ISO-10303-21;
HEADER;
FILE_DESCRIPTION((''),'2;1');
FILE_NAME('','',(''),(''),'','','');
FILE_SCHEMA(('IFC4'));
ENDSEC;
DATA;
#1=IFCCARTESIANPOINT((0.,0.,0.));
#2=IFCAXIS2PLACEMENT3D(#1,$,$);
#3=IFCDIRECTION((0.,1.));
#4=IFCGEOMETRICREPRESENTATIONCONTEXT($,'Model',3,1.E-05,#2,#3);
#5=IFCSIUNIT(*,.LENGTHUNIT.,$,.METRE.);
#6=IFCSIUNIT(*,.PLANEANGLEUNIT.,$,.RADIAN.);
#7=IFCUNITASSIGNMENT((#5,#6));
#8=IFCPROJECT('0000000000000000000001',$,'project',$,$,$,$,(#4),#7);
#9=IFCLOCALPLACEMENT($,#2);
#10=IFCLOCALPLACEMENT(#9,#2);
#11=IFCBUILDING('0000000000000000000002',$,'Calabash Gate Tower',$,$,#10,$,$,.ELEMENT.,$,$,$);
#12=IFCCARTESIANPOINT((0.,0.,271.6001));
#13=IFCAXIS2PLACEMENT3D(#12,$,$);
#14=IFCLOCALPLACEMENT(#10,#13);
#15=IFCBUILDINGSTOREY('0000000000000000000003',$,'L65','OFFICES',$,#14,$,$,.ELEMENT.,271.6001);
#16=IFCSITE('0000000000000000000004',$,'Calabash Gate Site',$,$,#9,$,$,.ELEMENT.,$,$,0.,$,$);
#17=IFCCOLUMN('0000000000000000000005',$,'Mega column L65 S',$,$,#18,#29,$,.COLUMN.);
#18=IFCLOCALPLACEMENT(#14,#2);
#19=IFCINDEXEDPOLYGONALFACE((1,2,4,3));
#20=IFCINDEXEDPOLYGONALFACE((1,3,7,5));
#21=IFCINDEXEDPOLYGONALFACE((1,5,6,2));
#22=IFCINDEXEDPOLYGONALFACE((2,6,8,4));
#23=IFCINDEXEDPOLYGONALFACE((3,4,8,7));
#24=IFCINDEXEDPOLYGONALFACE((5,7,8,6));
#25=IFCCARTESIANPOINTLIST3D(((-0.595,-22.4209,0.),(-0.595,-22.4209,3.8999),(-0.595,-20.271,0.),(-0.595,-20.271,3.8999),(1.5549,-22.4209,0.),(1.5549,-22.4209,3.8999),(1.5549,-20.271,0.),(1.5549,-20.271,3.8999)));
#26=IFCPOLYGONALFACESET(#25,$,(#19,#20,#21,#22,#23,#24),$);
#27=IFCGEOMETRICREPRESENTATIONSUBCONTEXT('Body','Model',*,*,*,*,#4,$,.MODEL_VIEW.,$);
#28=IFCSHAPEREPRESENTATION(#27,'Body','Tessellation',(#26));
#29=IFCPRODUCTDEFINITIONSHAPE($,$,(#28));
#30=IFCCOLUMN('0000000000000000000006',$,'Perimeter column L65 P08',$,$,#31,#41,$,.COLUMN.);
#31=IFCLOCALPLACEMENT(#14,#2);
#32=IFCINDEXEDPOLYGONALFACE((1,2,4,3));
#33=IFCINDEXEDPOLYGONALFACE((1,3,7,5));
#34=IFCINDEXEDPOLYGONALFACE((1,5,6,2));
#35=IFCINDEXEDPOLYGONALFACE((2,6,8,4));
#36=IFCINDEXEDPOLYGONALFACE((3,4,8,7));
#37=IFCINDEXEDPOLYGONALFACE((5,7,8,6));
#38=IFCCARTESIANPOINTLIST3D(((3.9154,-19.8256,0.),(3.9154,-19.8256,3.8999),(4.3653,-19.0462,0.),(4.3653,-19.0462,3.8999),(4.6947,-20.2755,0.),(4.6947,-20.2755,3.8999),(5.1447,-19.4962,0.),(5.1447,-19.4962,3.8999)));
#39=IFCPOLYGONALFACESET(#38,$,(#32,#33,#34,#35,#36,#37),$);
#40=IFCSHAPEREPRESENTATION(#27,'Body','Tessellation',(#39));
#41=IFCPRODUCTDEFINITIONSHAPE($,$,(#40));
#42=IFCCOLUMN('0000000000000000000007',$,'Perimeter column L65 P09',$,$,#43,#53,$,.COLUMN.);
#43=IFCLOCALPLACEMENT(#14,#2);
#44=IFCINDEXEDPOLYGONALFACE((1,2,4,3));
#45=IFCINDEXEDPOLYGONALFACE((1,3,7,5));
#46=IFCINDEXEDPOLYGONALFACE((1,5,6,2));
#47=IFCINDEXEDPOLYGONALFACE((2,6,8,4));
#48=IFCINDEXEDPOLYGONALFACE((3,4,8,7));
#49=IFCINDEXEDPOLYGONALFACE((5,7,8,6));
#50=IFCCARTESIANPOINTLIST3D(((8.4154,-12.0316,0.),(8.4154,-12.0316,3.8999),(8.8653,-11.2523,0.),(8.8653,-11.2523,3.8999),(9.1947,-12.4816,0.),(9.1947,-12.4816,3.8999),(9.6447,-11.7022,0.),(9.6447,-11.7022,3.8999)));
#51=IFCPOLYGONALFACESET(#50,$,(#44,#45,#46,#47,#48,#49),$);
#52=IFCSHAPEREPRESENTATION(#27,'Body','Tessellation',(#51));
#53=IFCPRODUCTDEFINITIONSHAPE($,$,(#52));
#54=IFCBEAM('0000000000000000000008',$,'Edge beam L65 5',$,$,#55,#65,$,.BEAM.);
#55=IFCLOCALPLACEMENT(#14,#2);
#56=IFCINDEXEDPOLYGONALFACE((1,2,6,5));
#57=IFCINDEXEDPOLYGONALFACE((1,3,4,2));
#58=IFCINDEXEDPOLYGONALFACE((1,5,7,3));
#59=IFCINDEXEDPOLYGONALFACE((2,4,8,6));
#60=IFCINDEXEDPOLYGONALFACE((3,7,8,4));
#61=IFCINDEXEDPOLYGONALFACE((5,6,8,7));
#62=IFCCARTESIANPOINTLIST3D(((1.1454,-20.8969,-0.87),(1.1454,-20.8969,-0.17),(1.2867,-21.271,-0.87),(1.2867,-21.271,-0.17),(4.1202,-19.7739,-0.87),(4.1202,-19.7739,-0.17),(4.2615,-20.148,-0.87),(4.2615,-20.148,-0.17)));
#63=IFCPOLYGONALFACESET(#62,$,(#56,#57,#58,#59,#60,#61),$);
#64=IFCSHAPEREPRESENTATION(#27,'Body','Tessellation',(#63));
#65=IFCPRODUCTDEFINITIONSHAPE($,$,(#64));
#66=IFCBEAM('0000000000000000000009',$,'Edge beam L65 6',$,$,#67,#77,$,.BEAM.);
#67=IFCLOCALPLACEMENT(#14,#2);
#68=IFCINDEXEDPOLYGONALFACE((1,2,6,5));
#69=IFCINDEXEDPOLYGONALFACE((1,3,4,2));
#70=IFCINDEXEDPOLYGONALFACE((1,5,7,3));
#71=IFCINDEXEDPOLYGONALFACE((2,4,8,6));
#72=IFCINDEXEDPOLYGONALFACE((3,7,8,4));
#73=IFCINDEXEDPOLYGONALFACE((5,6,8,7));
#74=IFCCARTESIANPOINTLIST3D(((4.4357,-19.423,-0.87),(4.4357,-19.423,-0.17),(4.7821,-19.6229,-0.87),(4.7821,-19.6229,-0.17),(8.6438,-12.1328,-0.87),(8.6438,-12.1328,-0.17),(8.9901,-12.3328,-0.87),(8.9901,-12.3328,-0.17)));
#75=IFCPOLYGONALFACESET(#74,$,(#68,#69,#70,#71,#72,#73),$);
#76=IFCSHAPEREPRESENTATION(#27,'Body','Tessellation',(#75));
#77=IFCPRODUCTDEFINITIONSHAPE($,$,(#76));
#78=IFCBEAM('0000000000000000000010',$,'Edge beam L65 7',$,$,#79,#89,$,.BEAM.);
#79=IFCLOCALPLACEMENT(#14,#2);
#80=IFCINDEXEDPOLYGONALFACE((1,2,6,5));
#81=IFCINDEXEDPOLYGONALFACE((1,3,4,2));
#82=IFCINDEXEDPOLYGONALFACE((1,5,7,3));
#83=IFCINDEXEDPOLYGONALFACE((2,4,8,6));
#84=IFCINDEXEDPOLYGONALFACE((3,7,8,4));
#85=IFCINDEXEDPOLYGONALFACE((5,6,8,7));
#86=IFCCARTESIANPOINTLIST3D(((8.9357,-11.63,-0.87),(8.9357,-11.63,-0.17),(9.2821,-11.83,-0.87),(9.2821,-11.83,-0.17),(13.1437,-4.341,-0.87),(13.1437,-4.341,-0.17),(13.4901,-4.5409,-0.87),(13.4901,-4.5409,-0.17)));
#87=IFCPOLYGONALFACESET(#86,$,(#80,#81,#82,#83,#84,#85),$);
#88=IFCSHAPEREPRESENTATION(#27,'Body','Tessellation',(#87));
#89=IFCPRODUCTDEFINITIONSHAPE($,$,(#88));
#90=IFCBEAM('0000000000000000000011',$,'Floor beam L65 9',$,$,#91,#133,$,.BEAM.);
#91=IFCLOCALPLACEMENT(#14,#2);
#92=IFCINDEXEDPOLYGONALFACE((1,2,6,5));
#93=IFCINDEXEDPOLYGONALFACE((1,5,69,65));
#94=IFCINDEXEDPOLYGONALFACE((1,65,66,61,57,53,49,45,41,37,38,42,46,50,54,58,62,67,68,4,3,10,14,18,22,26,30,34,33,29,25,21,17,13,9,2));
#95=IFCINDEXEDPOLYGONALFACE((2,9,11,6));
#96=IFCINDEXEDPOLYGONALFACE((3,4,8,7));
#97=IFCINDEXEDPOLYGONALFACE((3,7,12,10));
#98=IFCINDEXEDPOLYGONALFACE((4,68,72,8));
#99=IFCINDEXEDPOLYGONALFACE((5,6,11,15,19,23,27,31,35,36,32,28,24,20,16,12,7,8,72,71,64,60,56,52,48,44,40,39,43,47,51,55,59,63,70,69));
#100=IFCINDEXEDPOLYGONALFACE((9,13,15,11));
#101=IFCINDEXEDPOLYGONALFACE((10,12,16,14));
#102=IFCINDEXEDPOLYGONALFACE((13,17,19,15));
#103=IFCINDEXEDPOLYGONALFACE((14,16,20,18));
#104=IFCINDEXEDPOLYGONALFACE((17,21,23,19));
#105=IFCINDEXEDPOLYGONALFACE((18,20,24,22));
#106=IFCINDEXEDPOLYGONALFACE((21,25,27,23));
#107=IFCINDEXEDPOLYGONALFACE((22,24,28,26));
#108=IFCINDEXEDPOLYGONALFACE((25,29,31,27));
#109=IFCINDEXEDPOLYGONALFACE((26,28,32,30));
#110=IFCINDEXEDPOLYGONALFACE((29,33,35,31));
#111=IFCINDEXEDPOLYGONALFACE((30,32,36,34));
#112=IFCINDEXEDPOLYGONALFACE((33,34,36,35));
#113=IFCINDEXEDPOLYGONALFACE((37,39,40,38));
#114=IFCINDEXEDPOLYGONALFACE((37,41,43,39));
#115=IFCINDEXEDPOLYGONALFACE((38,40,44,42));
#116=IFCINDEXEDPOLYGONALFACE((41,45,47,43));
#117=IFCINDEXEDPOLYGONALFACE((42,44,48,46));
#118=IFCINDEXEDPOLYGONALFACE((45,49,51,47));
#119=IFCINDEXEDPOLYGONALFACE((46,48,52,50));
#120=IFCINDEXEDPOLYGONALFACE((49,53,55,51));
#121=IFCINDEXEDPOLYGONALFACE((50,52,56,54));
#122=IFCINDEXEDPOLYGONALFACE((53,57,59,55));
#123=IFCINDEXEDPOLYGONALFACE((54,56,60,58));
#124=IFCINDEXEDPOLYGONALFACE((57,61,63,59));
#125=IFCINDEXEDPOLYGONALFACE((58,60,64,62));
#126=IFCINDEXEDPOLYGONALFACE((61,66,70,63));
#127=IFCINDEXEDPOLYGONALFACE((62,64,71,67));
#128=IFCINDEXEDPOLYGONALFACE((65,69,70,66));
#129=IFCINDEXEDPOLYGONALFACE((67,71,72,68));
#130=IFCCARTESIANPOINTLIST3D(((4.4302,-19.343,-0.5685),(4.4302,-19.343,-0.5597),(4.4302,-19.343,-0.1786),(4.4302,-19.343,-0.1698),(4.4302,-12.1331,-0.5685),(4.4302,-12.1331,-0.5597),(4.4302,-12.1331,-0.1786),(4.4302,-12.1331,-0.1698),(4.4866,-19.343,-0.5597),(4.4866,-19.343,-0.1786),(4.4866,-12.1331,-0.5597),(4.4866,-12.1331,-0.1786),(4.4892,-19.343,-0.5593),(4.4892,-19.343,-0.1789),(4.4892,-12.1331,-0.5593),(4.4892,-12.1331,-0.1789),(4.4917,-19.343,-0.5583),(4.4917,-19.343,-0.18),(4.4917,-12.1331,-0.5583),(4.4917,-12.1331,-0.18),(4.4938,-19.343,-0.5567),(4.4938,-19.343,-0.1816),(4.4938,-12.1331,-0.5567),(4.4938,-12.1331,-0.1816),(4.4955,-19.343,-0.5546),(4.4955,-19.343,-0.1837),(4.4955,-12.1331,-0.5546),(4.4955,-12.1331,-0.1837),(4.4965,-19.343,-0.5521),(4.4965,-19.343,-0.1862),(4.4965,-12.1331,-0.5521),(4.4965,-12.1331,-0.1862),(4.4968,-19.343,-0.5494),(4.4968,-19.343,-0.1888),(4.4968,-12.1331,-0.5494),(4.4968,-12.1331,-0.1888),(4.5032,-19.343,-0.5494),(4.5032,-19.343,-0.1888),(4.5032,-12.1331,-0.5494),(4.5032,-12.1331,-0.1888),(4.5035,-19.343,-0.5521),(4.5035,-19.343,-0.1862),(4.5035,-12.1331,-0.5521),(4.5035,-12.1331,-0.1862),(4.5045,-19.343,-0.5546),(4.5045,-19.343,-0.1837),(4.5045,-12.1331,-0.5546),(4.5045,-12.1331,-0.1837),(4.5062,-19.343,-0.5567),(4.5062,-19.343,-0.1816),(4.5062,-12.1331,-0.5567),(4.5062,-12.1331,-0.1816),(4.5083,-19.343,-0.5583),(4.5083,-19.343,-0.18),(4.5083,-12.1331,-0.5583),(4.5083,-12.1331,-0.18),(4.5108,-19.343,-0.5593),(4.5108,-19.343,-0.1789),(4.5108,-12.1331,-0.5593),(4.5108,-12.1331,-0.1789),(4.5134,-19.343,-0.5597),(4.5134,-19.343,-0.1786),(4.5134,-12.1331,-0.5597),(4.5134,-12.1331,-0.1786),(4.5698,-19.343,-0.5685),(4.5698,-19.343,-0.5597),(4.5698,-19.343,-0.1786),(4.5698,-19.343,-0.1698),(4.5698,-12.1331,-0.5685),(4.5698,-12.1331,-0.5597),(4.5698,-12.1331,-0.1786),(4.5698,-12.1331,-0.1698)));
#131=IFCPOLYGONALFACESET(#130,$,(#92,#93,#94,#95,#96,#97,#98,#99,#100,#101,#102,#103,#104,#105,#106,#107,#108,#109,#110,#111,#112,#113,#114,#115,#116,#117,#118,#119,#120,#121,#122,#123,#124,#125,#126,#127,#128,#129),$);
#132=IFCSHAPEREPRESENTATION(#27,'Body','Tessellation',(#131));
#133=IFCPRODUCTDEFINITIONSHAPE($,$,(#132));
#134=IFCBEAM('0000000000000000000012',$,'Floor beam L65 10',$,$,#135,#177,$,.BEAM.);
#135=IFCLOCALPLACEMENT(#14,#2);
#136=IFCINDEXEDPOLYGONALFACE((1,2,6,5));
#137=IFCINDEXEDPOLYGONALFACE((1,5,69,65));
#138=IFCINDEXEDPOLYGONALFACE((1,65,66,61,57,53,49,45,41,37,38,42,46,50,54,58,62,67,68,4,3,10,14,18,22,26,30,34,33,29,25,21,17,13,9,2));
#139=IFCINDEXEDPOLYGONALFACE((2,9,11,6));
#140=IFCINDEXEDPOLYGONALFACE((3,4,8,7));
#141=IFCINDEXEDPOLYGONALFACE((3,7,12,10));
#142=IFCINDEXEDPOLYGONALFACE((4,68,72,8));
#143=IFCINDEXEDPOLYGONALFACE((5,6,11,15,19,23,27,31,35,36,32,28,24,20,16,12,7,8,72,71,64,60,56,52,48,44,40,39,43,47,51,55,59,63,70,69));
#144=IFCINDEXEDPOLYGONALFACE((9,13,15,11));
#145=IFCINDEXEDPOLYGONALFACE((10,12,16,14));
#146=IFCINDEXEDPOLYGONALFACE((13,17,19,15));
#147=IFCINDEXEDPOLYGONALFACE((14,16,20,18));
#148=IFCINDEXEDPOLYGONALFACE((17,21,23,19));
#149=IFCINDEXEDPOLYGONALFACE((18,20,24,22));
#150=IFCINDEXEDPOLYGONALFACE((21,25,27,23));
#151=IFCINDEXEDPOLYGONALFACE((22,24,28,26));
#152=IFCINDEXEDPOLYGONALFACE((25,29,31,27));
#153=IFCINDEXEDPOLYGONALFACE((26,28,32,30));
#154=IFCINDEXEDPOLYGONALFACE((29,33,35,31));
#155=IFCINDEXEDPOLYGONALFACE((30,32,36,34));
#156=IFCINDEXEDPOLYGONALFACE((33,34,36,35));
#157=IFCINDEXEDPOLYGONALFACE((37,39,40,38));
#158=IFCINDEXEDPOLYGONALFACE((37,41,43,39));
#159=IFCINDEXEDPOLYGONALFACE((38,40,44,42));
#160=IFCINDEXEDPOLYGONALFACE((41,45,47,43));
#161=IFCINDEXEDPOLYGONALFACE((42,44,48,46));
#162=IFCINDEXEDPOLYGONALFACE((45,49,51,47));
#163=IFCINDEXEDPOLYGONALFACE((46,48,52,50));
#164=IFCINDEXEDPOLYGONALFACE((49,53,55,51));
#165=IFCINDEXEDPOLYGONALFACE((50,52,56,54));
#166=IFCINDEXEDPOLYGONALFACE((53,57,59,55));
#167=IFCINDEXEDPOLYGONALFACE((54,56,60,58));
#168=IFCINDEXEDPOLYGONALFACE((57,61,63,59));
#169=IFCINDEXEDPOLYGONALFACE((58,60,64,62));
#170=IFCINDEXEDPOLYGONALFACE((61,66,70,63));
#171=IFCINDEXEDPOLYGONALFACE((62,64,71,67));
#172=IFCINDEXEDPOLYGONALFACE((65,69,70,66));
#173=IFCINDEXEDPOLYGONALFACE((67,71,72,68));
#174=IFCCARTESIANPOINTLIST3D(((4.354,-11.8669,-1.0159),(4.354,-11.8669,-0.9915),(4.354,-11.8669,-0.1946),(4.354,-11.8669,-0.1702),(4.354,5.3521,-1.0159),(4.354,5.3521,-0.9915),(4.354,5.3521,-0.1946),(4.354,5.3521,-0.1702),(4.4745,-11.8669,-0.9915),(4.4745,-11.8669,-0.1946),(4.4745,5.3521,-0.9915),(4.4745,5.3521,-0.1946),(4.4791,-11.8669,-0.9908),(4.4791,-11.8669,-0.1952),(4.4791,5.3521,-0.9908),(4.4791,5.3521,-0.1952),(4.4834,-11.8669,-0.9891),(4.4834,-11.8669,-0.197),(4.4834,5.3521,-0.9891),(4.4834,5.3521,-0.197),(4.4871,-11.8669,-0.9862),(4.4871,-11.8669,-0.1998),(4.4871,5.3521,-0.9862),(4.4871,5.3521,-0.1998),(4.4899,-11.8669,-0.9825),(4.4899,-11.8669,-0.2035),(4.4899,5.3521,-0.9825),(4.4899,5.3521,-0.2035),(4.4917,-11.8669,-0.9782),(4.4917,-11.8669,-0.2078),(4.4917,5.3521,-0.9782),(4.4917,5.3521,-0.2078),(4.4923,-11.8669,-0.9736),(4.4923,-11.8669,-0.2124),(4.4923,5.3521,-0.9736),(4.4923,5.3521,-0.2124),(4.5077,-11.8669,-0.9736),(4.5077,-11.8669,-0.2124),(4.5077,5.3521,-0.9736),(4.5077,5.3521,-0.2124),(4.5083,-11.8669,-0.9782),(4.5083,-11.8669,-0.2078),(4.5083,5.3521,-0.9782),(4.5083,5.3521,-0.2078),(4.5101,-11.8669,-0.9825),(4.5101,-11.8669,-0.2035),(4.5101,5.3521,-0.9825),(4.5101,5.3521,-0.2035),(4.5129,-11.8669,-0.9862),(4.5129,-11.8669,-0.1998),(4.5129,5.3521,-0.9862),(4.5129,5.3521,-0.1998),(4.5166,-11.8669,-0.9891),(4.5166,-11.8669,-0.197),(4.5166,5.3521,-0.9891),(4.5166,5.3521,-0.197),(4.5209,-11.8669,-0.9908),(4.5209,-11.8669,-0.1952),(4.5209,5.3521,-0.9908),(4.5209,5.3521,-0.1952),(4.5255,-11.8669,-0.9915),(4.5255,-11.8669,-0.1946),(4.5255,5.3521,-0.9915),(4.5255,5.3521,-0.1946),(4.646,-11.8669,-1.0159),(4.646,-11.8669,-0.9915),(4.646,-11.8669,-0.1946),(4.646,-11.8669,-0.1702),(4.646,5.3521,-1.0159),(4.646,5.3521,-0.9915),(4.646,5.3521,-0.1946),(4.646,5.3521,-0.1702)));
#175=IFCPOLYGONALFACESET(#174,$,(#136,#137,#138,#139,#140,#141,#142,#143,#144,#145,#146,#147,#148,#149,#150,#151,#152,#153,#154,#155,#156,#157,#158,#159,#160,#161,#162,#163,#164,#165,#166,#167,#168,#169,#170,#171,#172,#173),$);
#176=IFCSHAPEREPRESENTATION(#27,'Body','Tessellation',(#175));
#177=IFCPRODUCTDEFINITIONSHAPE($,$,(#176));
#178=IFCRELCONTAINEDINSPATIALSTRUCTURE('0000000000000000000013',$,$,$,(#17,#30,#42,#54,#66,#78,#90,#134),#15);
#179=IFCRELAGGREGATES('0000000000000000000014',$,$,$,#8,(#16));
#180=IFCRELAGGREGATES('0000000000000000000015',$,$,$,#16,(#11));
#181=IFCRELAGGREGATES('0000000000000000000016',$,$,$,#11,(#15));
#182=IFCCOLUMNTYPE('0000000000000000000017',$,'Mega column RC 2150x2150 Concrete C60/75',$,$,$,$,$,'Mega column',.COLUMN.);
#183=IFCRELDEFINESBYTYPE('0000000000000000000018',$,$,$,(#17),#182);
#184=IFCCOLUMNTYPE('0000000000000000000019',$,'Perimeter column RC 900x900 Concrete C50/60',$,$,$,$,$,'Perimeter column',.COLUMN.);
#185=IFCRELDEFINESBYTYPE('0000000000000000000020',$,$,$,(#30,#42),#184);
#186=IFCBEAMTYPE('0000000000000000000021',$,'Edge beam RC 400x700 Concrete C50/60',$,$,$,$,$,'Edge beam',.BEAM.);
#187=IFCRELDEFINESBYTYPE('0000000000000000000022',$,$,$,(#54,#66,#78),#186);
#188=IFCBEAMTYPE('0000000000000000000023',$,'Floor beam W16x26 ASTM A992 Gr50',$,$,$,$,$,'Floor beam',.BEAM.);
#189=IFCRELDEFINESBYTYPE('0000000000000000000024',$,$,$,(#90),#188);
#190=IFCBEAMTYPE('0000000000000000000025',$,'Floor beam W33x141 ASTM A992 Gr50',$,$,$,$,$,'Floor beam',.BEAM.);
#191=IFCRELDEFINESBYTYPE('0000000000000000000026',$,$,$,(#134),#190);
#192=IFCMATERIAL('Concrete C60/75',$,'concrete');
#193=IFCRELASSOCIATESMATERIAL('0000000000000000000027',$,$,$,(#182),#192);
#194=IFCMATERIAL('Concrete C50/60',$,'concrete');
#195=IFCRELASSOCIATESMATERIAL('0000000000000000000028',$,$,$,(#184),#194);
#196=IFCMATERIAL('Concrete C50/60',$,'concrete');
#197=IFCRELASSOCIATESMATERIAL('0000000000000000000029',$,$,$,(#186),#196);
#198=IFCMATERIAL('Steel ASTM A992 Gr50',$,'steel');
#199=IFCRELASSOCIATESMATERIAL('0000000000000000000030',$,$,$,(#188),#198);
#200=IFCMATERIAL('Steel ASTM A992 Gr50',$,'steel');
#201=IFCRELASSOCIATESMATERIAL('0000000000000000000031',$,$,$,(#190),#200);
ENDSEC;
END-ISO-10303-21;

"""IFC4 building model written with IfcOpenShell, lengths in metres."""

from ifc_helpers import new_model, si_unit, direction, frame, origin, origin_2d, place, context, subcontext, project, spatial, rectangle, i_section, extrude, material, material_profile, profile_set, type_object, element, save


model = new_model("IFC4")

# Units and contexts
model_context = context("Model", 3, precision=1e-05, world=origin(), true_north=direction((0.0, 1.0)))
body_context = subcontext(model_context, "Body", "Model", "MODEL_VIEW")
ifc_project = project(units=[si_unit("LENGTHUNIT", "METRE"), si_unit("PLANEANGLEUNIT", "RADIAN")], contexts=[model_context])

# Site, building, storey
site_placement = place(None, origin())
site = spatial("IfcSite", under=ifc_project, at=site_placement, Name="Calabash Gate Site", CompositionType="ELEMENT", RefElevation=0.0)
building_placement = place(site_placement, origin())
building = spatial("IfcBuilding", under=site, at=building_placement, Name="Calabash Gate Tower", CompositionType="ELEMENT")
storey_placement = place(building_placement, frame((0.0, 0.0, 271.6001)))
storey = spatial("IfcBuildingStorey", under=building, at=storey_placement, Name="L65", Description="OFFICES", CompositionType="ELEMENT", Elevation=271.6001)

# Columns
ifc_material_1 = material(Name="Concrete C60/75", Category="concrete")
ifc_material_profile_1 = material_profile(ifc_material_1, rectangle(XDim=2.1499, YDim=2.1499, at=origin_2d()))
ifc_profile_set_1 = profile_set([ifc_material_profile_1], Name="Concrete C60/75")
column_type_1 = type_object("IfcColumnType", Name="Mega column RC 2150x2150 Concrete C60/75", ElementType="Mega column", PredefinedType="COLUMN", material=ifc_profile_set_1)
column_placement = place(storey_placement, frame((0.48, -21.3459, 0.0), z_axis=(0.0, 0.0, 1.0), x_axis=(0.0, 1.0, 0.0)))
element("IfcColumn", 1, at=column_placement, inside=storey, type_object=column_type_1, Name="Mega column L65 S", PredefinedType="COLUMN", context=body_context, shape_type="SweptSolid", body=[
    extrude(rectangle(XDim=2.1499, YDim=2.1499, at=origin_2d()), origin(), (0.0, 0.0, 1.0), 3.8999),
])
ifc_material_2 = material(Name="Concrete C50/60", Category="concrete")
ifc_material_profile_2 = material_profile(ifc_material_2, rectangle(XDim=0.8999, YDim=0.8999, at=origin_2d()))
ifc_profile_set_2 = profile_set([ifc_material_profile_2], Name="Concrete C50/60")
column_type_2 = type_object("IfcColumnType", Name="Perimeter column RC 900x900 Concrete C50/60", ElementType="Perimeter column", PredefinedType="COLUMN", material=ifc_profile_set_2)
for number, where, z_axis, x_axis, name in (
    (2, (4.53, -19.6609, 0.0), (0.0, 0.0, 1.0), (0.5, 0.866025, 0.0), "Perimeter column L65 P08"),
    (3, (9.03, -11.8669, 0.0), (0.0, 0.0, 1.0), (0.5, 0.866025, 0.0), "Perimeter column L65 P09"),
):
    element("IfcColumn", number, at=place(storey_placement, frame(where, z_axis=z_axis, x_axis=x_axis)), inside=storey, type_object=column_type_2, Name=name, PredefinedType="COLUMN", context=body_context, shape_type="SweptSolid", body=[
        extrude(rectangle(XDim=0.8999, YDim=0.8999, at=origin_2d()), origin(), (0.0, 0.0, 1.0), 3.8999),
    ])

# Beams
ifc_material_3 = material(Name="Concrete C50/60", Category="concrete")
ifc_material_profile_3 = material_profile(ifc_material_3, rectangle(XDim=0.3999, YDim=0.7, at=origin_2d()))
ifc_profile_set_3 = profile_set([ifc_material_profile_3], Name="Concrete C50/60")
beam_type_1 = type_object("IfcBeamType", Name="Edge beam RC 400x700 Concrete C50/60", ElementType="Edge beam", PredefinedType="BEAM", material=ifc_profile_set_3)
beam_1_placement = place(storey_placement, frame((1.2161, -21.084, -0.52), z_axis=(0.935554, 0.353184, 0.0), x_axis=(-0.353184, 0.935554, 0.0)))
element("IfcBeam", 4, at=beam_1_placement, inside=storey, type_object=beam_type_1, Name="Edge beam L65 5", PredefinedType="BEAM", context=body_context, shape_type="SweptSolid", body=[
    extrude(rectangle(XDim=0.3999, YDim=0.7, at=origin_2d()), origin(), (0.0, 0.0, 1.0), 3.1797),
])
beam_2_placement = place(storey_placement, frame((4.6089, -19.5229, -0.52), z_axis=(0.49992, 0.866072, 0.0), x_axis=(-0.866072, 0.49992, 0.0)))
element("IfcBeam", 5, at=beam_2_placement, inside=storey, type_object=beam_type_1, Name="Edge beam L65 6", PredefinedType="BEAM", context=body_context, shape_type="SweptSolid", body=[
    extrude(rectangle(XDim=0.3999, YDim=0.7, at=origin_2d()), origin(), (0.0, 0.0, 1.0), 8.4175),
])
beam_3_placement = place(storey_placement, frame((9.1089, -11.73, -0.52), z_axis=(0.49997, 0.866043, 0.0), x_axis=(-0.866043, 0.49997, 0.0)))
element("IfcBeam", 6, at=beam_3_placement, inside=storey, type_object=beam_type_1, Name="Edge beam L65 7", PredefinedType="BEAM", context=body_context, shape_type="SweptSolid", body=[
    extrude(rectangle(XDim=0.3999, YDim=0.7, at=origin_2d()), origin(), (0.0, 0.0, 1.0), 8.4165),
])
ifc_material_4 = material(Name="Steel ASTM A992 Gr50", Category="steel")
ifc_material_profile_4 = material_profile(ifc_material_4, i_section(OverallWidth=0.1396, OverallDepth=0.3987, WebThickness=0.0063, FlangeThickness=0.0088, FilletRadius=0.0103, at=origin_2d()))
ifc_profile_set_4 = profile_set([ifc_material_profile_4], Name="Steel ASTM A992 Gr50")
beam_type_2 = type_object("IfcBeamType", Name="Floor beam W16x26 ASTM A992 Gr50", ElementType="Floor beam", PredefinedType="BEAM", material=ifc_profile_set_4)
beam_4_placement = place(storey_placement, frame((4.5, -19.343, -0.3691), z_axis=(0.0, 1.0, 0.0), x_axis=(-1.0, 0.0, 0.0)))
element("IfcBeam", 7, at=beam_4_placement, inside=storey, type_object=beam_type_2, Name="Floor beam L65 9", PredefinedType="BEAM", context=body_context, shape_type="SweptSolid", body=[
    extrude(i_section(OverallWidth=0.1396, OverallDepth=0.3987, WebThickness=0.0063, FlangeThickness=0.0088, FilletRadius=0.0103, at=origin_2d()), origin(), (0.0, 0.0, 1.0), 7.21),
])
ifc_material_5 = material(Name="Steel ASTM A992 Gr50", Category="steel")
ifc_material_profile_5 = material_profile(ifc_material_5, i_section(OverallWidth=0.292, OverallDepth=0.8457, WebThickness=0.0154, FlangeThickness=0.0244, FilletRadius=0.0178, at=origin_2d()))
ifc_profile_set_5 = profile_set([ifc_material_profile_5], Name="Steel ASTM A992 Gr50")
beam_type_3 = type_object("IfcBeamType", Name="Floor beam W33x141 ASTM A992 Gr50", ElementType="Floor beam", PredefinedType="BEAM", material=ifc_profile_set_5)
beam_5_placement = place(storey_placement, frame((4.5, -11.8669, -0.593), z_axis=(0.0, 1.0, 0.0), x_axis=(-1.0, 0.0, 0.0)))
element("IfcBeam", 8, at=beam_5_placement, inside=storey, type_object=beam_type_3, Name="Floor beam L65 10", PredefinedType="BEAM", context=body_context, shape_type="SweptSolid", body=[
    extrude(i_section(OverallWidth=0.292, OverallDepth=0.8457, WebThickness=0.0154, FlangeThickness=0.0244, FilletRadius=0.0178, at=origin_2d()), origin(), (0.0, 0.0, 1.0), 17.219),
])

save(model, "model.ifc")
